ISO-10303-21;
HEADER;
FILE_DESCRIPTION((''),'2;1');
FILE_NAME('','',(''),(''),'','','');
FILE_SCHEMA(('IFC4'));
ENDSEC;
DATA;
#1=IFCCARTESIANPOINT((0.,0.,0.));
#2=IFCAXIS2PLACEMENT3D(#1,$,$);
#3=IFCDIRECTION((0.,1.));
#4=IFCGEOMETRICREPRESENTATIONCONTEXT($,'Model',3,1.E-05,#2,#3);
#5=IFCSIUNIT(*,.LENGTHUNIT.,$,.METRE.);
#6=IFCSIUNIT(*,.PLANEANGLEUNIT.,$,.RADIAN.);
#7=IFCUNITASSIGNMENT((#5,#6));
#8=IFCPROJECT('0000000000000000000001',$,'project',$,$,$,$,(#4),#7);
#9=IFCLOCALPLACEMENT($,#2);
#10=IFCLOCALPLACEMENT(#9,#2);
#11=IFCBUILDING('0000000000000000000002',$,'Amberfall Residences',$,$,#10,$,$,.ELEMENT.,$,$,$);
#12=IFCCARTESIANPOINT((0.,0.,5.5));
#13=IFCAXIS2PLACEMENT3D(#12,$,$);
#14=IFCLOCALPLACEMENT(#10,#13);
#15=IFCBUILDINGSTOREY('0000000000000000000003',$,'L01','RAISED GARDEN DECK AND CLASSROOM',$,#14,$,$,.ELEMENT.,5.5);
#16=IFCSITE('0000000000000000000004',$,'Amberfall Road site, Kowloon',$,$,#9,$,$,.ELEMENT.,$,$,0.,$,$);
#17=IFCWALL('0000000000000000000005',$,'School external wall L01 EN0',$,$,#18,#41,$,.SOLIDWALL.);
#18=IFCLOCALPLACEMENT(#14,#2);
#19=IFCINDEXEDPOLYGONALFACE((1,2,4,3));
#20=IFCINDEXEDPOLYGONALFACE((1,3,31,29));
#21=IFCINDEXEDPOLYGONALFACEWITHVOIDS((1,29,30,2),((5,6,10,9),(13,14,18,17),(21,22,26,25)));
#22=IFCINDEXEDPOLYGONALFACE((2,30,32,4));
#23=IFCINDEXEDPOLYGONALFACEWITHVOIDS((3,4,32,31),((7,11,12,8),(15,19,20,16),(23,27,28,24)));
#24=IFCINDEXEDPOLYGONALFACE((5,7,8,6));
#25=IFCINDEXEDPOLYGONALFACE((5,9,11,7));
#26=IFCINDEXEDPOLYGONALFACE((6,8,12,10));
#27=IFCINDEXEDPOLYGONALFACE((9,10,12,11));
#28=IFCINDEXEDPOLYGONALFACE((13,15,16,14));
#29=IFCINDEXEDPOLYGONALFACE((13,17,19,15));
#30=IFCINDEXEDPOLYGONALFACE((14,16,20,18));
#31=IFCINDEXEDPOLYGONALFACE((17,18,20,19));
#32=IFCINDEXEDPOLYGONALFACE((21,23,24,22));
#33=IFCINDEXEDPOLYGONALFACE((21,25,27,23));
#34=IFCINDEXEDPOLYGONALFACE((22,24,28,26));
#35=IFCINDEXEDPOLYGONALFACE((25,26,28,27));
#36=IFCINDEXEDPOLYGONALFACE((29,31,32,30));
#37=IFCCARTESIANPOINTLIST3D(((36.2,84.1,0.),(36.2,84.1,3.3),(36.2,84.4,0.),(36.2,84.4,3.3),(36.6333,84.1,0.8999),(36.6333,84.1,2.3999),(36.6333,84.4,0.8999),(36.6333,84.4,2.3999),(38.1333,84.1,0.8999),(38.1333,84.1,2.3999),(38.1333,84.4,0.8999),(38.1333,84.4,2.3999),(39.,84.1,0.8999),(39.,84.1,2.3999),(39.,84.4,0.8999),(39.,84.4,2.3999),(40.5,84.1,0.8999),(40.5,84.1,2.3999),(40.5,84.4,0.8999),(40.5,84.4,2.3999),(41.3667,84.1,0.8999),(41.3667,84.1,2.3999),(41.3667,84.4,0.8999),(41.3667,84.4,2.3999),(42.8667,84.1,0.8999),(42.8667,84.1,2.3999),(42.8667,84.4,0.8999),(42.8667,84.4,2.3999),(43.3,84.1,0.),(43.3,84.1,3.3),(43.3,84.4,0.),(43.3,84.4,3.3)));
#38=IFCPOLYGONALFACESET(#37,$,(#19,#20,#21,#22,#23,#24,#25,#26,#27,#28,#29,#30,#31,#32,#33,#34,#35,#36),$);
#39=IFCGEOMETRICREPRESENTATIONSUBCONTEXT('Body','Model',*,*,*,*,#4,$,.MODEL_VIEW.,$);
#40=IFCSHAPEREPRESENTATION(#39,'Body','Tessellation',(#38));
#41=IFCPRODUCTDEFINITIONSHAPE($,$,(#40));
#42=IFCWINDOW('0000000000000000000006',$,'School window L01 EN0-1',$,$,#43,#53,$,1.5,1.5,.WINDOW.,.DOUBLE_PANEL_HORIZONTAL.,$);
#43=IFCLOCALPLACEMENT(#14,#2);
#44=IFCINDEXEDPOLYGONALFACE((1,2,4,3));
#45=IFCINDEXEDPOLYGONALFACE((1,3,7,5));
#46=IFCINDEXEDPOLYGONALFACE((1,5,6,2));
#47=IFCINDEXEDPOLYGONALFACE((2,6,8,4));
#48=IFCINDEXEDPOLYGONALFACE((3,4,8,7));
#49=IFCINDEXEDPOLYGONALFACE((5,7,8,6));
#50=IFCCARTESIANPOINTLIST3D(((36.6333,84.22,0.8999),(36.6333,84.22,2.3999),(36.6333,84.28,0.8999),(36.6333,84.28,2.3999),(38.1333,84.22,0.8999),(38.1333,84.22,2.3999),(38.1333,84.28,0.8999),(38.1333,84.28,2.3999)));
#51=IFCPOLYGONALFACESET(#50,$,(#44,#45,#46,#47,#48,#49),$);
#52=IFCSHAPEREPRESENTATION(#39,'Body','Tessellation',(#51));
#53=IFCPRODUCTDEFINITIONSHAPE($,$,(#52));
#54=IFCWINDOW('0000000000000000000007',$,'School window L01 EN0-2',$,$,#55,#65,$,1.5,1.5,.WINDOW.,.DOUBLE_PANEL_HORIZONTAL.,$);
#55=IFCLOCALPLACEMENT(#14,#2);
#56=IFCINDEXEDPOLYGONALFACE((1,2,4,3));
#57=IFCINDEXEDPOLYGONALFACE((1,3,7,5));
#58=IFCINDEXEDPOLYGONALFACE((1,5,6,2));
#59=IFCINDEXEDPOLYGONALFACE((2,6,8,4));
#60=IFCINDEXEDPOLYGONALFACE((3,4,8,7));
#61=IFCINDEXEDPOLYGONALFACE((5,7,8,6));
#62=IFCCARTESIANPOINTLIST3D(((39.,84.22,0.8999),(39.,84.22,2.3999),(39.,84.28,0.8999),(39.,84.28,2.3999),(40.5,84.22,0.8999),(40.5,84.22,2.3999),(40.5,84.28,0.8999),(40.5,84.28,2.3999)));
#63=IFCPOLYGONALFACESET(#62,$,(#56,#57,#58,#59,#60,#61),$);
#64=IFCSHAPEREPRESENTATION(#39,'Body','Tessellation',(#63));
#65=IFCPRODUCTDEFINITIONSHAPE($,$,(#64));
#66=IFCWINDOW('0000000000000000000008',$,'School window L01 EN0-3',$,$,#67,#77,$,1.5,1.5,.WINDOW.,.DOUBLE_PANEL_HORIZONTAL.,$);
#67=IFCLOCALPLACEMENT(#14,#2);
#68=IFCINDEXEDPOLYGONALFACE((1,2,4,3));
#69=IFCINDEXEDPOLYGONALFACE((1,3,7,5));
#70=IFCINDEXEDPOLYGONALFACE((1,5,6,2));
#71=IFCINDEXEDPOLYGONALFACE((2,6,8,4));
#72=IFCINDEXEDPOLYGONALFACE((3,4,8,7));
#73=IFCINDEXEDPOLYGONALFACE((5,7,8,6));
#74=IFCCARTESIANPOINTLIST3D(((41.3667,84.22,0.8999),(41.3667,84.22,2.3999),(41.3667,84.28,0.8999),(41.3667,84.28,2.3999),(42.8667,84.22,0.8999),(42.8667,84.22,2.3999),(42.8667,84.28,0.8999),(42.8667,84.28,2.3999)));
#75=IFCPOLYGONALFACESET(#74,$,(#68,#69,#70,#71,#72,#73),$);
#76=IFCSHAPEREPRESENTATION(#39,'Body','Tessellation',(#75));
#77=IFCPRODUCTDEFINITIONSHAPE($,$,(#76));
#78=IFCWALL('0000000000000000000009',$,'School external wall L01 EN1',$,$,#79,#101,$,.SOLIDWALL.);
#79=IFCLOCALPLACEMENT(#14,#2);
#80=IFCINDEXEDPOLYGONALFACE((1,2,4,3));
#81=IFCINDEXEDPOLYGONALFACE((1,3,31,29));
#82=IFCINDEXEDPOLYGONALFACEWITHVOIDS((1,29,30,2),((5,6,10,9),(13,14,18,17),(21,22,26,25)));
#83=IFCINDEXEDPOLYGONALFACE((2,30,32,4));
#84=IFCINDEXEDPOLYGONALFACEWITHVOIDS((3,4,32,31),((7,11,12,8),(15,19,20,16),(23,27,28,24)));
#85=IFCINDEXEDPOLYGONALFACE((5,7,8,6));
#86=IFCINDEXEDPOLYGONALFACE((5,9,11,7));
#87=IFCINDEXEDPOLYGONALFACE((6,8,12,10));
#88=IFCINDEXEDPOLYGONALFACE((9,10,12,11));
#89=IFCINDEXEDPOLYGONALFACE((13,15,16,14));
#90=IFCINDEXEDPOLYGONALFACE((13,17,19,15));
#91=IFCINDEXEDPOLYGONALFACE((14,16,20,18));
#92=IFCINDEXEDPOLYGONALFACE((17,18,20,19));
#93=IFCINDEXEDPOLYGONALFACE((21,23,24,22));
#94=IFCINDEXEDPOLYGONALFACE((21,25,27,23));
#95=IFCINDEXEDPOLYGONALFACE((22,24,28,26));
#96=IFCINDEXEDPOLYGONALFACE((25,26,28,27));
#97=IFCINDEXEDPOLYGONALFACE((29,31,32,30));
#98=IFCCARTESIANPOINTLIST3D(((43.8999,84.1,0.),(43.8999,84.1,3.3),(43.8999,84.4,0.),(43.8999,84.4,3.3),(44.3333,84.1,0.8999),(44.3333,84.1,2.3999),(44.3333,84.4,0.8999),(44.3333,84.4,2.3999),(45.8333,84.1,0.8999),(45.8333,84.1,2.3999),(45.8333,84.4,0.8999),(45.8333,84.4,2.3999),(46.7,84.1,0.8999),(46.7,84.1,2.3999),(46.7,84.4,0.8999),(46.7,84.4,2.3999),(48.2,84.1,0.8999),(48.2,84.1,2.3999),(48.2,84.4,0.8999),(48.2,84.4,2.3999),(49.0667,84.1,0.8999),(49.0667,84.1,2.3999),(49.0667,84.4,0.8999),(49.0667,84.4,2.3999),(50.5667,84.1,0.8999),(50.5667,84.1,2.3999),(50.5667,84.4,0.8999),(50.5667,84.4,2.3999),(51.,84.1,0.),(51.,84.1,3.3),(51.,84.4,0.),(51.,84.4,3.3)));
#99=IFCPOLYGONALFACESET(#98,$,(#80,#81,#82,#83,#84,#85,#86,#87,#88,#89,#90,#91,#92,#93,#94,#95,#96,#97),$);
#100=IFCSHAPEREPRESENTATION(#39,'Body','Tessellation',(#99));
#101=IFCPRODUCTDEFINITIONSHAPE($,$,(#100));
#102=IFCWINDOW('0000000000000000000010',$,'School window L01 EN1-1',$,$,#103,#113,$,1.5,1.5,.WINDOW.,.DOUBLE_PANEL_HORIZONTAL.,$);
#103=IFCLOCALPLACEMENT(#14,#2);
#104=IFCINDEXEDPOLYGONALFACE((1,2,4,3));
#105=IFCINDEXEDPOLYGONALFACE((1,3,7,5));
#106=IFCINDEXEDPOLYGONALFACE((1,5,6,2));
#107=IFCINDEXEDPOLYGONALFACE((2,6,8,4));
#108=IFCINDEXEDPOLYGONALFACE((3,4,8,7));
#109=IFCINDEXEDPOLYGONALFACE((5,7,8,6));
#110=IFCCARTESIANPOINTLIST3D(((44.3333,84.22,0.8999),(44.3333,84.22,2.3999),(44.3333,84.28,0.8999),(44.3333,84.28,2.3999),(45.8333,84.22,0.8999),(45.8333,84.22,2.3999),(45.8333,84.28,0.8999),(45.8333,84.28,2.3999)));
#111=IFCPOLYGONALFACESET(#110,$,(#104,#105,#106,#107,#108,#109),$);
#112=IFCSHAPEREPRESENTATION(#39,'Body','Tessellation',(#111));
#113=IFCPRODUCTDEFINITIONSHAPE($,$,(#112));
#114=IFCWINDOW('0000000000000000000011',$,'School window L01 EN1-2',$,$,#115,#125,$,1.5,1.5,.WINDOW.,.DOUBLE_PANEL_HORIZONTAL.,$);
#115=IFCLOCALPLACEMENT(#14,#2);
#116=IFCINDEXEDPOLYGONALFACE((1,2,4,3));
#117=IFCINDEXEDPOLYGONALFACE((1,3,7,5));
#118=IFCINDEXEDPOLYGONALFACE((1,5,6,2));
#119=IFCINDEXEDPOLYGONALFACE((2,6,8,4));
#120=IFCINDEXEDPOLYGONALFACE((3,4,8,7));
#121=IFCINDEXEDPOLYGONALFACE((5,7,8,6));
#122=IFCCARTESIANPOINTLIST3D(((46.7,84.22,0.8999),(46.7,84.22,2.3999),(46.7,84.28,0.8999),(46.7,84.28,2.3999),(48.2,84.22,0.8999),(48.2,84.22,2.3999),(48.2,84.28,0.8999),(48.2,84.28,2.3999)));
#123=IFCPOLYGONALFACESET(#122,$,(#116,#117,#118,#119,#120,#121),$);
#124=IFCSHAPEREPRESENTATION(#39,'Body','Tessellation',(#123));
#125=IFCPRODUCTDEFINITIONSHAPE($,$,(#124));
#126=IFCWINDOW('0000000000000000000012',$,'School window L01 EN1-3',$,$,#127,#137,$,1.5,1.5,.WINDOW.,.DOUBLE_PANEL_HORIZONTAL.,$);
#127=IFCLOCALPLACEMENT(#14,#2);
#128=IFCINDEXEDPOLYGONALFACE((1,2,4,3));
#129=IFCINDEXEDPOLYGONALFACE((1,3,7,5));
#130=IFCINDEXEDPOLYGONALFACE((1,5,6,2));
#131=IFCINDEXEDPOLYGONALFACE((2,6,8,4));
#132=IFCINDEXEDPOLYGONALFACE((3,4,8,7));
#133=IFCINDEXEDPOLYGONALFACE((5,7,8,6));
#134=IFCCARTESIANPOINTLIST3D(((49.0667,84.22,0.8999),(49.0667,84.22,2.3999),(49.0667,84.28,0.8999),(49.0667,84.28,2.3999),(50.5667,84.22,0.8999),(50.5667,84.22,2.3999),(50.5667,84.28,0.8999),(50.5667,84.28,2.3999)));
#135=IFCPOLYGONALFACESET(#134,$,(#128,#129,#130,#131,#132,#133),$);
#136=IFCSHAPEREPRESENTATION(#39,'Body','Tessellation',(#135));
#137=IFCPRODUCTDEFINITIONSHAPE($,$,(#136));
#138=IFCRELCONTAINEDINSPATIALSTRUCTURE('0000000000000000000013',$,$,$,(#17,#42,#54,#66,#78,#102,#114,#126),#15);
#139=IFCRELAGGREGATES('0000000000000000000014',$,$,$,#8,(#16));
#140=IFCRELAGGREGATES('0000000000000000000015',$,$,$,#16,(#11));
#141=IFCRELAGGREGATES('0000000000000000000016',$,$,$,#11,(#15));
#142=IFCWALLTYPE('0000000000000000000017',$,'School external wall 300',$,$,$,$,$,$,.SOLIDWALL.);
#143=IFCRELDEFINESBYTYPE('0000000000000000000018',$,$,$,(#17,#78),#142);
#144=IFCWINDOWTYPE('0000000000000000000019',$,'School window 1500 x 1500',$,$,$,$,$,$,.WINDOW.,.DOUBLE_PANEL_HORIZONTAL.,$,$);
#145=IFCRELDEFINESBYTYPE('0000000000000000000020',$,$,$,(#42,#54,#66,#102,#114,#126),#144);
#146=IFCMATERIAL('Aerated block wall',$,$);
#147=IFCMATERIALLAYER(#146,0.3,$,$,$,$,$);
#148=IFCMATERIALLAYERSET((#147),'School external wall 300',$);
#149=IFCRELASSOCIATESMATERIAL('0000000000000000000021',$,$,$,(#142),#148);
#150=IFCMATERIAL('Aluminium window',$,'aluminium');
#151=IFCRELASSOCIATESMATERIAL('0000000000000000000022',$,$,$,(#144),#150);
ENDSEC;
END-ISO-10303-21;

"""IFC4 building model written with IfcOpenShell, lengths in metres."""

from ifc_helpers import new_model, si_unit, direction, frame, frame_2d, origin, place, context, subcontext, project, spatial, rectangle, extrude, material, layer, layer_set, type_object, element, fill, save


model = new_model("IFC4")

# Units and contexts
model_context = context("Model", 3, precision=1e-05, world=origin(), true_north=direction((0.0, 1.0)))
body_context = subcontext(model_context, "Body", "Model", "MODEL_VIEW")
ifc_project = project(units=[si_unit("LENGTHUNIT", "METRE"), si_unit("PLANEANGLEUNIT", "RADIAN")], contexts=[model_context])

# Site, building, storey
site_placement = place(None, origin())
site = spatial("IfcSite", under=ifc_project, at=site_placement, Name="Amberfall Road site, Kowloon", CompositionType="ELEMENT", RefElevation=0.0)
building_placement = place(site_placement, origin())
building = spatial("IfcBuilding", under=site, at=building_placement, Name="Amberfall Residences", CompositionType="ELEMENT")
storey_placement = place(building_placement, frame((0.0, 0.0, 5.5)))
storey = spatial("IfcBuildingStorey", under=building, at=storey_placement, Name="L01", Description="RAISED GARDEN DECK AND CLASSROOM", CompositionType="ELEMENT", Elevation=5.5)

# Walls, openings, windows
ifc_material_1 = material(Name="Aerated block wall")
ifc_layer_1 = layer(ifc_material_1, 0.3)
ifc_layer_set_1 = layer_set([ifc_layer_1], Name="School external wall 300")
wall_type_1 = type_object("IfcWallType", Name="School external wall 300", PredefinedType="SOLIDWALL", material=ifc_layer_set_1)
ifc_material_2 = material(Name="Aluminium window", Category="aluminium")
window_type = type_object("IfcWindowType", Name="School window 1500 x 1500", PartitioningType="DOUBLE_PANEL_HORIZONTAL", PredefinedType="WINDOW", material=ifc_material_2)
wall_1_placement = place(storey_placement, frame((36.2, 84.25, 0.0), z_axis=(0.0, 0.0, 1.0), x_axis=(1.0, 0.0, 0.0)))
wall_1 = element("IfcWall", 1, at=wall_1_placement, inside=storey, type_object=wall_type_1, Name="School external wall L01 EN0", PredefinedType="SOLIDWALL", context=body_context, shape_type="SweptSolid", body=[
    extrude(rectangle(XDim=7.1001, YDim=0.3, at=frame_2d((3.55, 0.0))), origin(), (0.0, 0.0, 1.0), 3.3),
])
opening_1_placement = place(wall_1_placement, frame((0.4333, 0.0, 0.8999)))
opening_1 = element("IfcOpeningElement", 2, at=opening_1_placement, cuts=wall_1, PredefinedType="OPENING", context=body_context, shape_type="SweptSolid", body=[
    extrude(rectangle(XDim=1.5, YDim=1.5, at=frame_2d((0.75, 0.75))), frame((0.0, 0.1599, 0.0), z_axis=(0.0, -1.0, 0.0), x_axis=(1.0, 0.0, 0.0)), (0.0, 0.0, 1.0), 0.3201),
])
opening_2_placement = place(wall_1_placement, frame((2.8, 0.0, 0.8999)))
opening_2 = element("IfcOpeningElement", 3, at=opening_2_placement, cuts=wall_1, PredefinedType="OPENING", context=body_context, shape_type="SweptSolid", body=[
    extrude(rectangle(XDim=1.5, YDim=1.5, at=frame_2d((0.75, 0.75))), frame((0.0, 0.1599, 0.0), z_axis=(0.0, -1.0, 0.0), x_axis=(1.0, 0.0, 0.0)), (0.0, 0.0, 1.0), 0.3201),
])
opening_3_placement = place(wall_1_placement, frame((5.1667, 0.0, 0.8999)))
opening_3 = element("IfcOpeningElement", 4, at=opening_3_placement, cuts=wall_1, PredefinedType="OPENING", context=body_context, shape_type="SweptSolid", body=[
    extrude(rectangle(XDim=1.5, YDim=1.5, at=frame_2d((0.75, 0.75))), frame((0.0, 0.1599, 0.0), z_axis=(0.0, -1.0, 0.0), x_axis=(1.0, 0.0, 0.0)), (0.0, 0.0, 1.0), 0.3201),
])
window_1_placement = place(opening_1_placement, origin())
window_1 = element("IfcWindow", 5, at=window_1_placement, inside=storey, type_object=window_type, Name="School window L01 EN0-1", OverallHeight=1.5, OverallWidth=1.5, PartitioningType="DOUBLE_PANEL_HORIZONTAL", PredefinedType="WINDOW", context=body_context, shape_type="SweptSolid", body=[
    extrude(rectangle(XDim=1.5, YDim=1.5, at=frame_2d((0.75, 0.75))), frame((0.0, 0.03, 0.0), z_axis=(0.0, -1.0, 0.0), x_axis=(1.0, 0.0, 0.0)), (0.0, 0.0, 1.0), 0.0601),
])
fill(opening_1, window_1)
window_2_placement = place(opening_2_placement, origin())
window_2 = element("IfcWindow", 6, at=window_2_placement, inside=storey, type_object=window_type, Name="School window L01 EN0-2", OverallHeight=1.5, OverallWidth=1.5, PartitioningType="DOUBLE_PANEL_HORIZONTAL", PredefinedType="WINDOW", context=body_context, shape_type="SweptSolid", body=[
    extrude(rectangle(XDim=1.5, YDim=1.5, at=frame_2d((0.75, 0.75))), frame((0.0, 0.03, 0.0), z_axis=(0.0, -1.0, 0.0), x_axis=(1.0, 0.0, 0.0)), (0.0, 0.0, 1.0), 0.0601),
])
fill(opening_2, window_2)
window_3_placement = place(opening_3_placement, origin())
window_3 = element("IfcWindow", 7, at=window_3_placement, inside=storey, type_object=window_type, Name="School window L01 EN0-3", OverallHeight=1.5, OverallWidth=1.5, PartitioningType="DOUBLE_PANEL_HORIZONTAL", PredefinedType="WINDOW", context=body_context, shape_type="SweptSolid", body=[
    extrude(rectangle(XDim=1.5, YDim=1.5, at=frame_2d((0.75, 0.75))), frame((0.0, 0.03, 0.0), z_axis=(0.0, -1.0, 0.0), x_axis=(1.0, 0.0, 0.0)), (0.0, 0.0, 1.0), 0.0601),
])
fill(opening_3, window_3)
wall_2_placement = place(storey_placement, frame((43.8999, 84.25, 0.0), z_axis=(0.0, 0.0, 1.0), x_axis=(1.0, 0.0, 0.0)))
wall_2 = element("IfcWall", 8, at=wall_2_placement, inside=storey, type_object=wall_type_1, Name="School external wall L01 EN1", PredefinedType="SOLIDWALL", context=body_context, shape_type="SweptSolid", body=[
    extrude(rectangle(XDim=7.1001, YDim=0.3, at=frame_2d((3.55, 0.0))), origin(), (0.0, 0.0, 1.0), 3.3),
])
opening_4_placement = place(wall_2_placement, frame((0.4333, 0.0, 0.8999)))
opening_4 = element("IfcOpeningElement", 9, at=opening_4_placement, cuts=wall_2, PredefinedType="OPENING", context=body_context, shape_type="SweptSolid", body=[
    extrude(rectangle(XDim=1.5, YDim=1.5, at=frame_2d((0.75, 0.75))), frame((0.0, 0.1599, 0.0), z_axis=(0.0, -1.0, 0.0), x_axis=(1.0, 0.0, 0.0)), (0.0, 0.0, 1.0), 0.3201),
])
opening_5_placement = place(wall_2_placement, frame((2.8, 0.0, 0.8999)))
opening_5 = element("IfcOpeningElement", 10, at=opening_5_placement, cuts=wall_2, PredefinedType="OPENING", context=body_context, shape_type="SweptSolid", body=[
    extrude(rectangle(XDim=1.5, YDim=1.5, at=frame_2d((0.75, 0.75))), frame((0.0, 0.1599, 0.0), z_axis=(0.0, -1.0, 0.0), x_axis=(1.0, 0.0, 0.0)), (0.0, 0.0, 1.0), 0.3201),
])
opening_6_placement = place(wall_2_placement, frame((5.1667, 0.0, 0.8999)))
opening_6 = element("IfcOpeningElement", 11, at=opening_6_placement, cuts=wall_2, PredefinedType="OPENING", context=body_context, shape_type="SweptSolid", body=[
    extrude(rectangle(XDim=1.5, YDim=1.5, at=frame_2d((0.75, 0.75))), frame((0.0, 0.1599, 0.0), z_axis=(0.0, -1.0, 0.0), x_axis=(1.0, 0.0, 0.0)), (0.0, 0.0, 1.0), 0.3201),
])
window_4_placement = place(opening_4_placement, origin())
window_4 = element("IfcWindow", 12, at=window_4_placement, inside=storey, type_object=window_type, Name="School window L01 EN1-1", OverallHeight=1.5, OverallWidth=1.5, PartitioningType="DOUBLE_PANEL_HORIZONTAL", PredefinedType="WINDOW", context=body_context, shape_type="SweptSolid", body=[
    extrude(rectangle(XDim=1.5, YDim=1.5, at=frame_2d((0.75, 0.75))), frame((0.0, 0.03, 0.0), z_axis=(0.0, -1.0, 0.0), x_axis=(1.0, 0.0, 0.0)), (0.0, 0.0, 1.0), 0.0601),
])
fill(opening_4, window_4)
window_5_placement = place(opening_5_placement, origin())
window_5 = element("IfcWindow", 13, at=window_5_placement, inside=storey, type_object=window_type, Name="School window L01 EN1-2", OverallHeight=1.5, OverallWidth=1.5, PartitioningType="DOUBLE_PANEL_HORIZONTAL", PredefinedType="WINDOW", context=body_context, shape_type="SweptSolid", body=[
    extrude(rectangle(XDim=1.5, YDim=1.5, at=frame_2d((0.75, 0.75))), frame((0.0, 0.03, 0.0), z_axis=(0.0, -1.0, 0.0), x_axis=(1.0, 0.0, 0.0)), (0.0, 0.0, 1.0), 0.0601),
])
fill(opening_5, window_5)
window_6_placement = place(opening_6_placement, origin())
window_6 = element("IfcWindow", 14, at=window_6_placement, inside=storey, type_object=window_type, Name="School window L01 EN1-3", OverallHeight=1.5, OverallWidth=1.5, PartitioningType="DOUBLE_PANEL_HORIZONTAL", PredefinedType="WINDOW", context=body_context, shape_type="SweptSolid", body=[
    extrude(rectangle(XDim=1.5, YDim=1.5, at=frame_2d((0.75, 0.75))), frame((0.0, 0.03, 0.0), z_axis=(0.0, -1.0, 0.0), x_axis=(1.0, 0.0, 0.0)), (0.0, 0.0, 1.0), 0.0601),
])
fill(opening_6, window_6)

save(model, "model.ifc")
